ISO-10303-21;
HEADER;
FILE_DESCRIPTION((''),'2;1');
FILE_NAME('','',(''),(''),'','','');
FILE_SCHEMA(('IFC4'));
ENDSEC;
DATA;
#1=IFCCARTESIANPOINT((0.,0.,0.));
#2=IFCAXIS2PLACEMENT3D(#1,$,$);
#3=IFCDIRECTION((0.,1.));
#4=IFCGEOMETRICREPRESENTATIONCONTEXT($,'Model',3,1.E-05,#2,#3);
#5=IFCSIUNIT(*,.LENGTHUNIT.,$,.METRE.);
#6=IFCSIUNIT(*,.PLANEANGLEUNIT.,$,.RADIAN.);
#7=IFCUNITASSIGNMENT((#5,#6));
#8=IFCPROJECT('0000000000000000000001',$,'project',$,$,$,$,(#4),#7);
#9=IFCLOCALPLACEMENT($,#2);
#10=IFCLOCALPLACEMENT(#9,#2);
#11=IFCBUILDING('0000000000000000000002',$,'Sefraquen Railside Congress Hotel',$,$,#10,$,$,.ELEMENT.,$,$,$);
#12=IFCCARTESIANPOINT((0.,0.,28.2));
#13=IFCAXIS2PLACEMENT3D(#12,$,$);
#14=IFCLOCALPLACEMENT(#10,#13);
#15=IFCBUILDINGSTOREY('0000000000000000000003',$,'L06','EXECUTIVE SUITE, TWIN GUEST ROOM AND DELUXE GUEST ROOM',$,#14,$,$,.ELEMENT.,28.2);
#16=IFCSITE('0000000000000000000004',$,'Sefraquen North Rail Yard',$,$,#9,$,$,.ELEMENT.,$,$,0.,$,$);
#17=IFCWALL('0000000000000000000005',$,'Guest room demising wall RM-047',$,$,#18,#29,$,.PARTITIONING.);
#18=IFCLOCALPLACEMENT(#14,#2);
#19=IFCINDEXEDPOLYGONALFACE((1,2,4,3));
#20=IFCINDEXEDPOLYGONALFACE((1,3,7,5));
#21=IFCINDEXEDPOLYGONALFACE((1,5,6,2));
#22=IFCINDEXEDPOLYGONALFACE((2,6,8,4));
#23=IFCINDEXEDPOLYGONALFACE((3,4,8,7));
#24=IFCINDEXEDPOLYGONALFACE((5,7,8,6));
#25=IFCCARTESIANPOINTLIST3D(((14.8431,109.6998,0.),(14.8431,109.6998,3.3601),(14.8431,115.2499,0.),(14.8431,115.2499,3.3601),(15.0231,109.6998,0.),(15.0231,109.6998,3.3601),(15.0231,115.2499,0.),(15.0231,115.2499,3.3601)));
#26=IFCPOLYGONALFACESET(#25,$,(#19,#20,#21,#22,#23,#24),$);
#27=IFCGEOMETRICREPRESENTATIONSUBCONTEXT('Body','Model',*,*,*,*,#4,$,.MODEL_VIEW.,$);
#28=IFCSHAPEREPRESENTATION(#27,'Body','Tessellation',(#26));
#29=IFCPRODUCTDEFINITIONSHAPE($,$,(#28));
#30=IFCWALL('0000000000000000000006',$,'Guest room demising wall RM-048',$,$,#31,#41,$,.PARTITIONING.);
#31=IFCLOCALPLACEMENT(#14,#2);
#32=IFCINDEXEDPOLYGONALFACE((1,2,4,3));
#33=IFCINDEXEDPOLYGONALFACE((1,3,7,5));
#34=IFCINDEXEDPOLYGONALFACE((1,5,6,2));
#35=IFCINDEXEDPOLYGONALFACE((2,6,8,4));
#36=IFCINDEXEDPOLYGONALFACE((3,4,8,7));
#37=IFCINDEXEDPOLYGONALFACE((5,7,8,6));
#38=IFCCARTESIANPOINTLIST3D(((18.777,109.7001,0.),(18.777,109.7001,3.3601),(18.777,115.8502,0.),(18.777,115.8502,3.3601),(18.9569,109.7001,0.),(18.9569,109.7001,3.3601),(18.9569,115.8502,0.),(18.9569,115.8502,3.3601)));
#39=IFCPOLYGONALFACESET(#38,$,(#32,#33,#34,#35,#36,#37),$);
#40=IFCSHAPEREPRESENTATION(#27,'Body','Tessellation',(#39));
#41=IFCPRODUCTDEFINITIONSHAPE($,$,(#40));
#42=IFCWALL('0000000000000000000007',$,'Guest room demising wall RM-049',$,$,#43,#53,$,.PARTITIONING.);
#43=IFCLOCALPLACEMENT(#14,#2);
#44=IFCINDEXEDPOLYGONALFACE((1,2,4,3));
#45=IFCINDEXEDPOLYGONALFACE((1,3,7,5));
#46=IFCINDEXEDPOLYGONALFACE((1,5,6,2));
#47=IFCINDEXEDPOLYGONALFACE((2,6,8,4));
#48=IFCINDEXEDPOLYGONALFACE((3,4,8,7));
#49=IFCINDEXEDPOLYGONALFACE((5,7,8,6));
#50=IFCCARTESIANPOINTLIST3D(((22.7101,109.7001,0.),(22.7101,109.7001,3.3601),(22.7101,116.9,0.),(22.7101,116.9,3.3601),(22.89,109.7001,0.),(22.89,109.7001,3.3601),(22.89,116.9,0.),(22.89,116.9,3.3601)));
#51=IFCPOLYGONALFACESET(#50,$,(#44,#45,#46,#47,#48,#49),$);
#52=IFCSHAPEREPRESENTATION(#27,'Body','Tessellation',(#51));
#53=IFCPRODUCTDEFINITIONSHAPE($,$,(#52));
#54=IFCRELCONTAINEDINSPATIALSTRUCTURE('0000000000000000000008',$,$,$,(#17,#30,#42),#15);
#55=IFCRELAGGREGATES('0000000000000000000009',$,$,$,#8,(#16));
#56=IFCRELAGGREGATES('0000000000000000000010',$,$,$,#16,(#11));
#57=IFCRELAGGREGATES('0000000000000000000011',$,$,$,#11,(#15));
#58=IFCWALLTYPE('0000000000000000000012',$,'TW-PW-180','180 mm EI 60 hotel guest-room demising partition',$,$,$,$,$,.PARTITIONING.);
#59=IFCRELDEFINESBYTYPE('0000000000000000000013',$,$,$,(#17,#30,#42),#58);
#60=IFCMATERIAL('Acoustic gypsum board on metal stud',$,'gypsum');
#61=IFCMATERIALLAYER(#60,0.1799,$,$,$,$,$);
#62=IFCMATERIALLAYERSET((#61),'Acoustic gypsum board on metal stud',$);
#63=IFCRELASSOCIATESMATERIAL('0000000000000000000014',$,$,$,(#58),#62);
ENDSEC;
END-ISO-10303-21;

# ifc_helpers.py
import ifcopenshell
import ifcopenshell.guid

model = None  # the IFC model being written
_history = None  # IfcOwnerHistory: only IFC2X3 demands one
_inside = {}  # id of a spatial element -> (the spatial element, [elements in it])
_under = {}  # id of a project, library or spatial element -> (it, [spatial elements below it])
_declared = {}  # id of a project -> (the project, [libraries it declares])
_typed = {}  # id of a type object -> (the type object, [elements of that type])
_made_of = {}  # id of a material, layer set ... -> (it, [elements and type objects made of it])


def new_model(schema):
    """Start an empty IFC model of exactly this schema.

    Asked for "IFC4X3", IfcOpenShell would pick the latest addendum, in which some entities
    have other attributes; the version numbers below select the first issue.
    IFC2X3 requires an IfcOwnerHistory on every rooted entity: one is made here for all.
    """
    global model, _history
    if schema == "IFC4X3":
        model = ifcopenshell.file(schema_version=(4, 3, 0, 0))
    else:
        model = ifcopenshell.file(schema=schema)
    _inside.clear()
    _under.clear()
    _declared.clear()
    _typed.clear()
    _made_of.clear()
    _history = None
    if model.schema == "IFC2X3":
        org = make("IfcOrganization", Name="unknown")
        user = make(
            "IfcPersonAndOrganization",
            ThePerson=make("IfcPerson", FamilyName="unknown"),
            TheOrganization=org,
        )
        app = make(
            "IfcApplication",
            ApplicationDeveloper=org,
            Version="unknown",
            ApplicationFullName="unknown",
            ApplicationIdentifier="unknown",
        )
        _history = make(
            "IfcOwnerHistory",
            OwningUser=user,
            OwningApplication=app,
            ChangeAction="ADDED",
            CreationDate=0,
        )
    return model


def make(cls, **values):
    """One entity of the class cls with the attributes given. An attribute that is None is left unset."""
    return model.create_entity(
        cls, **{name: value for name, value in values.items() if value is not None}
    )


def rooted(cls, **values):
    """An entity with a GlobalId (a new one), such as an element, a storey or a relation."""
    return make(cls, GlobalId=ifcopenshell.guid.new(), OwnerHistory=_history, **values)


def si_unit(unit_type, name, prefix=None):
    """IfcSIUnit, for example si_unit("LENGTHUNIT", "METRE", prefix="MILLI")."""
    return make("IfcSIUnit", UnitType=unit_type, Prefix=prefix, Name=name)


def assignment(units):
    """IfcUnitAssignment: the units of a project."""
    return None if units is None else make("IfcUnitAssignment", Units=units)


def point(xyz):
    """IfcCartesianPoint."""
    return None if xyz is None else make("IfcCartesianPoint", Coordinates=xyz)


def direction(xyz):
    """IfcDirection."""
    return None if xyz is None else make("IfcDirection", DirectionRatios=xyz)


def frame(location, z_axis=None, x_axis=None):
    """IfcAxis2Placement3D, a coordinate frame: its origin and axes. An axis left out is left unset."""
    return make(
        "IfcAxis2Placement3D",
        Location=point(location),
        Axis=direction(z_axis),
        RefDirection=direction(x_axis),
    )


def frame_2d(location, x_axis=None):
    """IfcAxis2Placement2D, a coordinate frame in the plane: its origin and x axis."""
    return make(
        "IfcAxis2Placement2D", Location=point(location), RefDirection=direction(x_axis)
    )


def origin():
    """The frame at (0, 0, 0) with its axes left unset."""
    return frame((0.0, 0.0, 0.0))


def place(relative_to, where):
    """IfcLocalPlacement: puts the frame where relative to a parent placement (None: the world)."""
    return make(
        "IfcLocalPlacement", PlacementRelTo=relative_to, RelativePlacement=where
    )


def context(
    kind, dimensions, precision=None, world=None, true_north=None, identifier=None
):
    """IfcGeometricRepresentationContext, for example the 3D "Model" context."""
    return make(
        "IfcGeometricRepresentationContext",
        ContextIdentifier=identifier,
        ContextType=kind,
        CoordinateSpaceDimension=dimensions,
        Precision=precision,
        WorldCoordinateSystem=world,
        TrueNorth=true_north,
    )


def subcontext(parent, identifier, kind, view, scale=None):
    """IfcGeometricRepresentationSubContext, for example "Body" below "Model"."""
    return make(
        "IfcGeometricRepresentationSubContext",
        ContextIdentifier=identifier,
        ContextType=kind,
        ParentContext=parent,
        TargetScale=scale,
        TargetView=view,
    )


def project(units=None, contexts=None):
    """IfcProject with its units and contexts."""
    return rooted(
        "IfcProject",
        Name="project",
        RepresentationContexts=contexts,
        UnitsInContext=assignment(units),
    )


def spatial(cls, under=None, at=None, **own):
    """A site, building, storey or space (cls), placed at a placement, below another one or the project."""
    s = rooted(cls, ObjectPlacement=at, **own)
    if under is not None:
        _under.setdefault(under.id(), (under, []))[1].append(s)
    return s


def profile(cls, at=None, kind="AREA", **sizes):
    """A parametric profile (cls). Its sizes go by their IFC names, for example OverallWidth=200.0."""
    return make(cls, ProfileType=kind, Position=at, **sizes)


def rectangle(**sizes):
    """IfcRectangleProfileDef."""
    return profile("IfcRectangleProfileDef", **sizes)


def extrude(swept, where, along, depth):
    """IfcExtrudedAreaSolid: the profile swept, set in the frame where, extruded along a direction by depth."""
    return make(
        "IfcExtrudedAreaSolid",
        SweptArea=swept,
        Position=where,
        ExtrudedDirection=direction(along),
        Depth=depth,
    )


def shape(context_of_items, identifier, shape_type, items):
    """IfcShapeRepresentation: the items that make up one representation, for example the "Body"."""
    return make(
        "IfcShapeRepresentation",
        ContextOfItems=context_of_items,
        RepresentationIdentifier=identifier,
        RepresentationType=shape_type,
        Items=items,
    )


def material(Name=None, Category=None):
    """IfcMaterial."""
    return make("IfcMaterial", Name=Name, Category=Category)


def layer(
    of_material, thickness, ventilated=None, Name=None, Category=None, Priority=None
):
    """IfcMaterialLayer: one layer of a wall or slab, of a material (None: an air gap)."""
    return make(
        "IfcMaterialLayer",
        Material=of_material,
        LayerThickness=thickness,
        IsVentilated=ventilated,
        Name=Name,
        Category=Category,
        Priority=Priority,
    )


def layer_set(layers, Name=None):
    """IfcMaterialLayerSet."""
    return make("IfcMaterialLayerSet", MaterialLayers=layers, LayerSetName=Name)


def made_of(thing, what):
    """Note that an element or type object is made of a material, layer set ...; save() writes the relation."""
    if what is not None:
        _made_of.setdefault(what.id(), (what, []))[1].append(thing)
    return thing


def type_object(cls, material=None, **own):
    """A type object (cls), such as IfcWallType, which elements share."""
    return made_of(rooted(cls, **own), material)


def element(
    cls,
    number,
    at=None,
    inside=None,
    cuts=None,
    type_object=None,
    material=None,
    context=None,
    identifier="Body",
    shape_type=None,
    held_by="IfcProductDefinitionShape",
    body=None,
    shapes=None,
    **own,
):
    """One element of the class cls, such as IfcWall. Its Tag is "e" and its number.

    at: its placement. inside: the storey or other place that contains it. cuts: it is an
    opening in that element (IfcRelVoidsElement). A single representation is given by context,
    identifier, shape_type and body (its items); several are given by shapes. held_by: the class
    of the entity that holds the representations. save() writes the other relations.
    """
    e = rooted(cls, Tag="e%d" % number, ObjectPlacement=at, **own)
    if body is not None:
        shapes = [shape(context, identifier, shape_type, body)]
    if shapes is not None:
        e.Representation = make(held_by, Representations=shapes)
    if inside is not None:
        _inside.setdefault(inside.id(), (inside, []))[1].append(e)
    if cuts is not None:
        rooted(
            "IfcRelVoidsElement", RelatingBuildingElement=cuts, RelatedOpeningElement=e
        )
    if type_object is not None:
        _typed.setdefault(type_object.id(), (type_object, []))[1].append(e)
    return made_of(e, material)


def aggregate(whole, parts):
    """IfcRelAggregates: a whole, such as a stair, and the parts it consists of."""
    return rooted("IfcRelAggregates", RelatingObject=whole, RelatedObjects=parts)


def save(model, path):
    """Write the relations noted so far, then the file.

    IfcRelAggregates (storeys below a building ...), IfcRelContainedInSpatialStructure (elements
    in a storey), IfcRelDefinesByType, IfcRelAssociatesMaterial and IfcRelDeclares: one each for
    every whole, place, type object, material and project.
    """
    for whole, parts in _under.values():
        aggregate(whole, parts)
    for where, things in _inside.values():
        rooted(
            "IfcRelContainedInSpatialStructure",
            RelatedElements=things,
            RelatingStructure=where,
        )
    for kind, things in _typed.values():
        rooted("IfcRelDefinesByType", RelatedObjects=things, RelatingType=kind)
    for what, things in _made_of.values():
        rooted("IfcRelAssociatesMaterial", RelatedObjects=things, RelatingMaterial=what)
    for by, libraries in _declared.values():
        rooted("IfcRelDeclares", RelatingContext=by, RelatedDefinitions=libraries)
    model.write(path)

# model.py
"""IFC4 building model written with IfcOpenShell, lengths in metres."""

from ifc_helpers import new_model, si_unit, direction, frame, frame_2d, origin, place, context, subcontext, project, spatial, rectangle, extrude, material, layer, layer_set, type_object, element, save


model = new_model("IFC4")

# Units and contexts
model_context = context("Model", 3, precision=1e-05, world=origin(), true_north=direction((0.0, 1.0)))
body_context = subcontext(model_context, "Body", "Model", "MODEL_VIEW")
ifc_project = project(units=[si_unit("LENGTHUNIT", "METRE"), si_unit("PLANEANGLEUNIT", "RADIAN")], contexts=[model_context])

# Site, building, storey
site_placement = place(None, origin())
site = spatial("IfcSite", under=ifc_project, at=site_placement, Name="Sefraquen North Rail Yard", CompositionType="ELEMENT", RefElevation=0.0)
building_placement = place(site_placement, origin())
building = spatial("IfcBuilding", under=site, at=building_placement, Name="Sefraquen Railside Congress Hotel", CompositionType="ELEMENT")
storey_placement = place(building_placement, frame((0.0, 0.0, 28.2)))
storey = spatial("IfcBuildingStorey", under=building, at=storey_placement, Name="L06", Description="EXECUTIVE SUITE, TWIN GUEST ROOM AND DELUXE GUEST ROOM", CompositionType="ELEMENT", Elevation=28.2)

# Walls
ifc_material_1 = material(Name="Acoustic gypsum board on metal stud", Category="gypsum")
ifc_layer_1 = layer(ifc_material_1, 0.1799)
ifc_layer_set_1 = layer_set([ifc_layer_1], Name="Acoustic gypsum board on metal stud")
wall_type_1 = type_object("IfcWallType", Name="TW-PW-180", Description="180 mm EI 60 hotel guest-room demising partition", PredefinedType="PARTITIONING", material=ifc_layer_set_1)
wall_1_placement = place(storey_placement, frame((14.9331, 109.7, 0.0), z_axis=(0.0, 0.0, 1.0), x_axis=(0.0, 1.0, 0.0)))
element("IfcWall", 1, at=wall_1_placement, inside=storey, type_object=wall_type_1, Name="Guest room demising wall RM-047", PredefinedType="PARTITIONING", context=body_context, shape_type="SweptSolid", body=[
    extrude(rectangle(XDim=5.55, YDim=0.1799, at=frame_2d((2.7749, 0.0))), origin(), (0.0, 0.0, 1.0), 3.3601),
])
wall_2_placement = place(storey_placement, frame((18.8669, 109.7, 0.0), z_axis=(0.0, 0.0, 1.0), x_axis=(0.0, 1.0, 0.0)))
element("IfcWall", 2, at=wall_2_placement, inside=storey, type_object=wall_type_1, Name="Guest room demising wall RM-048", PredefinedType="PARTITIONING", context=body_context, shape_type="SweptSolid", body=[
    extrude(rectangle(XDim=6.1501, YDim=0.1799, at=frame_2d((3.0752, 0.0))), origin(), (0.0, 0.0, 1.0), 3.3601),
])
wall_3_placement = place(storey_placement, frame((22.8, 109.7, 0.0), z_axis=(0.0, 0.0, 1.0), x_axis=(0.0, 1.0, 0.0)))
element("IfcWall", 3, at=wall_3_placement, inside=storey, type_object=wall_type_1, Name="Guest room demising wall RM-049", PredefinedType="PARTITIONING", context=body_context, shape_type="SweptSolid", body=[
    extrude(rectangle(XDim=7.2, YDim=0.1799, at=frame_2d((3.6001, 0.0))), origin(), (0.0, 0.0, 1.0), 3.3601),
])

save(model, "model.ifc")
